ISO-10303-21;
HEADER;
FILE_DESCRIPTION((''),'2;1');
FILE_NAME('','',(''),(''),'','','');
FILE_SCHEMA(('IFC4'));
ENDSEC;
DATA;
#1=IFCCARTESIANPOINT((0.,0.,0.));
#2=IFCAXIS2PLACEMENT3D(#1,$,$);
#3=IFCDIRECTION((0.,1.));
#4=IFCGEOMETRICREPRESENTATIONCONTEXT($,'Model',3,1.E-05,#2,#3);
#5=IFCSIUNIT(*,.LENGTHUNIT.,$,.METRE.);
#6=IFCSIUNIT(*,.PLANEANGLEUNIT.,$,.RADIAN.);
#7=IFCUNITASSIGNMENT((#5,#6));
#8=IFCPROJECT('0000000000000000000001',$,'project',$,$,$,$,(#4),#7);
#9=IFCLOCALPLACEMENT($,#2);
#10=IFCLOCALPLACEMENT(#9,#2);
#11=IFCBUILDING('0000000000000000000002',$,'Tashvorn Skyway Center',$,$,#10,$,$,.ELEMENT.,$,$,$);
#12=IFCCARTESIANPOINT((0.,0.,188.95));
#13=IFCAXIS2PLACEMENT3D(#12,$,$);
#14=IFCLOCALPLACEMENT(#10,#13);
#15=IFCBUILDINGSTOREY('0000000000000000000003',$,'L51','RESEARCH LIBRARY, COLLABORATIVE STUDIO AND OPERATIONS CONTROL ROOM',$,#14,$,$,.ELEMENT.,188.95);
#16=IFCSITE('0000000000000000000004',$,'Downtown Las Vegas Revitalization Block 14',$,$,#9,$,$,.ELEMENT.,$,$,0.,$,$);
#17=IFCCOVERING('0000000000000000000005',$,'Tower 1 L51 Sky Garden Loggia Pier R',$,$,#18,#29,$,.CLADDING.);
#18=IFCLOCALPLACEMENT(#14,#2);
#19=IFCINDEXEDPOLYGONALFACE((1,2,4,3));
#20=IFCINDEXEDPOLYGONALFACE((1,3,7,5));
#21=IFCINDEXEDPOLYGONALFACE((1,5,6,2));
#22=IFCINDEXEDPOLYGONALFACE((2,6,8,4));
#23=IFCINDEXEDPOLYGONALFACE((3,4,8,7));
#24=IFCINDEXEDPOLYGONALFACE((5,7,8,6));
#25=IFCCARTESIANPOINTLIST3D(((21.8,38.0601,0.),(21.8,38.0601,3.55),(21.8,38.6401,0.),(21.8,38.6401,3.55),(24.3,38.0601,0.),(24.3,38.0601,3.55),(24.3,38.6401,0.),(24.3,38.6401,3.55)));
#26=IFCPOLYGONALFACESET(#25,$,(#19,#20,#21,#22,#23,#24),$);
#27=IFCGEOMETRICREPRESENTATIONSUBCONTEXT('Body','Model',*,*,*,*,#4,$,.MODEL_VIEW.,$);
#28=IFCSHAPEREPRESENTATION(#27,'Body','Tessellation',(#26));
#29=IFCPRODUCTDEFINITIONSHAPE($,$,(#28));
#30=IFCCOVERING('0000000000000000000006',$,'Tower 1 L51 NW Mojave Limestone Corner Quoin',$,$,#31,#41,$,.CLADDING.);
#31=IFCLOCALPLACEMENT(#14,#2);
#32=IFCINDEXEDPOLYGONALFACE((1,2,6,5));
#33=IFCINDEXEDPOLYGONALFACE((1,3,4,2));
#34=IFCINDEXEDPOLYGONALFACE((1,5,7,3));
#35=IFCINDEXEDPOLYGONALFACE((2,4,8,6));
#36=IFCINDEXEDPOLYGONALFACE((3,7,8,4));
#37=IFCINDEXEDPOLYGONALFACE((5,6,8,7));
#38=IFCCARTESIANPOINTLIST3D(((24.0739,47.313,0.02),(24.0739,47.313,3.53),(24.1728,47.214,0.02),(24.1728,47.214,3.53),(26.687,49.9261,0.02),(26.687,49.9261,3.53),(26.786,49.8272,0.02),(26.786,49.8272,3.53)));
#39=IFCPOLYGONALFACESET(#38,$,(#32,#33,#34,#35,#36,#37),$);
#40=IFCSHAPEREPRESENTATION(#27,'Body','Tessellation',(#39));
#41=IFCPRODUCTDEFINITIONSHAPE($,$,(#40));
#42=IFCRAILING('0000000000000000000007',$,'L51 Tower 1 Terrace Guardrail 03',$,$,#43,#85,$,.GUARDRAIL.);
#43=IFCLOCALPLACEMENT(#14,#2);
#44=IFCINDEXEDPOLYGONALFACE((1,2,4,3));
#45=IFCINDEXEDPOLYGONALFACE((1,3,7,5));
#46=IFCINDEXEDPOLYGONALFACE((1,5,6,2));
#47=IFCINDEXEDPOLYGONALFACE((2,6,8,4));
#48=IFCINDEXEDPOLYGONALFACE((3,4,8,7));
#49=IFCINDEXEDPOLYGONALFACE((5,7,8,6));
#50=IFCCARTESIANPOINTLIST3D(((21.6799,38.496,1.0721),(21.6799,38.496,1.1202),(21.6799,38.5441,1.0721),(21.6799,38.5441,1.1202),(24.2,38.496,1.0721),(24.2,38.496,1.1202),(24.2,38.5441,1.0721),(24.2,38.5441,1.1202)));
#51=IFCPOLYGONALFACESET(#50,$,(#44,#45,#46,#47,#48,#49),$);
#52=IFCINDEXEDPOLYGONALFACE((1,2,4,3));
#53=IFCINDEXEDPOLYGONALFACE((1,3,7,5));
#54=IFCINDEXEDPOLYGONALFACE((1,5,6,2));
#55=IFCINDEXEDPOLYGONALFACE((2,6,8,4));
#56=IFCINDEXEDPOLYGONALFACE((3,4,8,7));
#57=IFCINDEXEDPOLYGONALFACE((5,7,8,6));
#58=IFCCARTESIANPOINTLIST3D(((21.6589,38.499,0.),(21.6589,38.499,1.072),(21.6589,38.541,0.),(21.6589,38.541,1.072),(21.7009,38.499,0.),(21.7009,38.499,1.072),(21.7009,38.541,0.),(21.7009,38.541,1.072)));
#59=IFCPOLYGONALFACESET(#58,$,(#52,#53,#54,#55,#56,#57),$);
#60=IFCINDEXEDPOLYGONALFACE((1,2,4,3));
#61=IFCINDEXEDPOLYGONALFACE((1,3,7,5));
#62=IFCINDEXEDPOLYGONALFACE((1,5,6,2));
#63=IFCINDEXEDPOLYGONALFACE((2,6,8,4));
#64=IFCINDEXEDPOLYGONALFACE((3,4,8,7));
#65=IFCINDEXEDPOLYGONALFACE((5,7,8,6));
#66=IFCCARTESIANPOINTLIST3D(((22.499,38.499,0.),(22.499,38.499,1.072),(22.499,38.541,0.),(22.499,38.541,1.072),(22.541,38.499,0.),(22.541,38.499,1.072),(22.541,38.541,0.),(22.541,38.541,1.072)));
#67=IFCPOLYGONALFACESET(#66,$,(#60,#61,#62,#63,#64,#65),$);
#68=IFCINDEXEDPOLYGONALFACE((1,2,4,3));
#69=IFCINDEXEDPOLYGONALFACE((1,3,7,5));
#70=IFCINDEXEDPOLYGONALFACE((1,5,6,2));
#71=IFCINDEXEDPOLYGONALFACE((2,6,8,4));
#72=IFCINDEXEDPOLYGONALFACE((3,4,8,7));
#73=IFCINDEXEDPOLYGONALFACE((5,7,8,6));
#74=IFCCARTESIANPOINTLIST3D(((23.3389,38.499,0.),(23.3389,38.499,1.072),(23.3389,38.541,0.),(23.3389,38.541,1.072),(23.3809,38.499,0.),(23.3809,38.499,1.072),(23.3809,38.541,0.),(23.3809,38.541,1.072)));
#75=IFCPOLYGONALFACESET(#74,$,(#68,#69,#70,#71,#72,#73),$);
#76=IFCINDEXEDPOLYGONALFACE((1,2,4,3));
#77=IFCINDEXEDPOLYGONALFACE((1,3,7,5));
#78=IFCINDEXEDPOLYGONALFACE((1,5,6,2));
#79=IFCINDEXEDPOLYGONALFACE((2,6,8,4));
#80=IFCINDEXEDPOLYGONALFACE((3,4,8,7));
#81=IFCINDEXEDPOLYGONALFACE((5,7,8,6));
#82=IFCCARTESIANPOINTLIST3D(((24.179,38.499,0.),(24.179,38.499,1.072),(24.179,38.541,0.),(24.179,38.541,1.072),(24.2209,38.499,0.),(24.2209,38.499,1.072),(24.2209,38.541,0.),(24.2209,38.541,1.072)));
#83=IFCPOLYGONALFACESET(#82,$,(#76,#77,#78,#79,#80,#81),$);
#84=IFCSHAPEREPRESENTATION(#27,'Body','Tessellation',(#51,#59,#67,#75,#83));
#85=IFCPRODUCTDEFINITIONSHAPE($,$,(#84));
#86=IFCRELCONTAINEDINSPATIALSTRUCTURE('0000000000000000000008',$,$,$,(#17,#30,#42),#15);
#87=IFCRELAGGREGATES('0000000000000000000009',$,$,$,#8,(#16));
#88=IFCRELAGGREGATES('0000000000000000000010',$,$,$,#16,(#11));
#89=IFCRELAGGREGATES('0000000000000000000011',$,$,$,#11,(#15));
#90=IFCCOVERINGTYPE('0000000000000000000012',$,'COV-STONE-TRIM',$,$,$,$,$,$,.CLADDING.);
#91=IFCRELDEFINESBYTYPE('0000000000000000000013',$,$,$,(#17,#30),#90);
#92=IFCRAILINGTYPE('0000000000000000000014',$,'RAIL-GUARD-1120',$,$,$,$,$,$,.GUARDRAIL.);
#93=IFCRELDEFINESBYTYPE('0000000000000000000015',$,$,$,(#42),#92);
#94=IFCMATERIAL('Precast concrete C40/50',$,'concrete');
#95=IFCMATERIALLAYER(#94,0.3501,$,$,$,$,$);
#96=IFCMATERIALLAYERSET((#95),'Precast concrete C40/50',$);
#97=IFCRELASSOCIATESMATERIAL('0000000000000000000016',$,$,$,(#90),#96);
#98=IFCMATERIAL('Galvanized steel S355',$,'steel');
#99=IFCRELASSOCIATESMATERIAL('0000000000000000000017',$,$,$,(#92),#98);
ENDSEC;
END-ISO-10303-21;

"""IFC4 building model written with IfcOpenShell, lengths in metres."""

from ifc_helpers import new_model, si_unit, direction, frame, origin, origin_2d, place, context, subcontext, project, spatial, rectangle, extrude, material, layer, layer_set, type_object, element, save


model = new_model("IFC4")

# Units and contexts
model_context = context("Model", 3, precision=1e-05, world=origin(), true_north=direction((0.0, 1.0)))
body_context = subcontext(model_context, "Body", "Model", "MODEL_VIEW")
ifc_project = project(units=[si_unit("LENGTHUNIT", "METRE"), si_unit("PLANEANGLEUNIT", "RADIAN")], contexts=[model_context])

# Site, building, storey
site_placement = place(None, origin())
site = spatial("IfcSite", under=ifc_project, at=site_placement, Name="Downtown Las Vegas Revitalization Block 14", CompositionType="ELEMENT", RefElevation=0.0)
building_placement = place(site_placement, origin())
building = spatial("IfcBuilding", under=site, at=building_placement, Name="Tashvorn Skyway Center", CompositionType="ELEMENT")
storey_placement = place(building_placement, frame((0.0, 0.0, 188.95)))
storey = spatial("IfcBuildingStorey", under=building, at=storey_placement, Name="L51", Description="RESEARCH LIBRARY, COLLABORATIVE STUDIO AND OPERATIONS CONTROL ROOM", CompositionType="ELEMENT", Elevation=188.95)

# Shared definitions
ifc_material_1 = material(Name="Precast concrete C40/50", Category="concrete")

# Coverings
ifc_layer_1 = layer(ifc_material_1, 0.3501)
ifc_layer_set_1 = layer_set([ifc_layer_1], Name="Precast concrete C40/50")
covering_type_1 = type_object("IfcCoveringType", Name="COV-STONE-TRIM", PredefinedType="CLADDING", material=ifc_layer_set_1)
covering_1_placement = place(storey_placement, frame((23.05, 38.3501, 0.0), z_axis=(0.0, 0.0, 1.0), x_axis=(0.0, 1.0, 0.0)))
element("IfcCovering", 1, at=covering_1_placement, inside=storey, type_object=covering_type_1, Name="Tower 1 L51 Sky Garden Loggia Pier R", PredefinedType="CLADDING", context=body_context, shape_type="SweptSolid", body=[
    extrude(rectangle(XDim=0.5801, YDim=2.5, at=origin_2d()), origin(), (0.0, 0.0, 1.0), 3.55),
])
covering_2_placement = place(storey_placement, frame((25.4299, 48.5701, 0.02), z_axis=(0.0, 0.0, 1.0), x_axis=(-0.707107, -0.707107, 0.0)))
element("IfcCovering", 2, at=covering_2_placement, inside=storey, type_object=covering_type_1, Name="Tower 1 L51 NW Mojave Limestone Corner Quoin", PredefinedType="CLADDING", context=body_context, shape_type="SweptSolid", body=[
    extrude(rectangle(XDim=3.6956, YDim=0.1399, at=origin_2d()), origin(), (0.0, 0.0, 1.0), 3.51),
])

# Railing
ifc_material_2 = material(Name="Galvanized steel S355", Category="steel")
railing_type = type_object("IfcRailingType", Name="RAIL-GUARD-1120", PredefinedType="GUARDRAIL", material=ifc_material_2)
railing_placement = place(storey_placement, frame((21.6799, 38.52, 0.0)))
element("IfcRailing", 3, at=railing_placement, inside=storey, type_object=railing_type, Name="L51 Tower 1 Terrace Guardrail 03", PredefinedType="GUARDRAIL", context=body_context, shape_type="SweptSolid", body=[
    extrude(rectangle(XDim=0.0481, YDim=0.0481, at=origin_2d()), frame((0.0, 0.0, 1.0962), z_axis=(1.0, 0.0, 0.0), x_axis=(0.0, 1.0, 0.0)), (0.0, 0.0, 1.0), 2.52),
    extrude(rectangle(XDim=0.042, YDim=0.042, at=origin_2d()), origin(), (0.0, 0.0, 1.0), 1.072),
    extrude(rectangle(XDim=0.042, YDim=0.042, at=origin_2d()), frame((0.8401, 0.0, 0.0)), (0.0, 0.0, 1.0), 1.072),
    extrude(rectangle(XDim=0.042, YDim=0.042, at=origin_2d()), frame((1.6799, 0.0, 0.0)), (0.0, 0.0, 1.0), 1.072),
    extrude(rectangle(XDim=0.042, YDim=0.042, at=origin_2d()), frame((2.52, 0.0, 0.0)), (0.0, 0.0, 1.0), 1.072),
])

save(model, "model.ifc")
